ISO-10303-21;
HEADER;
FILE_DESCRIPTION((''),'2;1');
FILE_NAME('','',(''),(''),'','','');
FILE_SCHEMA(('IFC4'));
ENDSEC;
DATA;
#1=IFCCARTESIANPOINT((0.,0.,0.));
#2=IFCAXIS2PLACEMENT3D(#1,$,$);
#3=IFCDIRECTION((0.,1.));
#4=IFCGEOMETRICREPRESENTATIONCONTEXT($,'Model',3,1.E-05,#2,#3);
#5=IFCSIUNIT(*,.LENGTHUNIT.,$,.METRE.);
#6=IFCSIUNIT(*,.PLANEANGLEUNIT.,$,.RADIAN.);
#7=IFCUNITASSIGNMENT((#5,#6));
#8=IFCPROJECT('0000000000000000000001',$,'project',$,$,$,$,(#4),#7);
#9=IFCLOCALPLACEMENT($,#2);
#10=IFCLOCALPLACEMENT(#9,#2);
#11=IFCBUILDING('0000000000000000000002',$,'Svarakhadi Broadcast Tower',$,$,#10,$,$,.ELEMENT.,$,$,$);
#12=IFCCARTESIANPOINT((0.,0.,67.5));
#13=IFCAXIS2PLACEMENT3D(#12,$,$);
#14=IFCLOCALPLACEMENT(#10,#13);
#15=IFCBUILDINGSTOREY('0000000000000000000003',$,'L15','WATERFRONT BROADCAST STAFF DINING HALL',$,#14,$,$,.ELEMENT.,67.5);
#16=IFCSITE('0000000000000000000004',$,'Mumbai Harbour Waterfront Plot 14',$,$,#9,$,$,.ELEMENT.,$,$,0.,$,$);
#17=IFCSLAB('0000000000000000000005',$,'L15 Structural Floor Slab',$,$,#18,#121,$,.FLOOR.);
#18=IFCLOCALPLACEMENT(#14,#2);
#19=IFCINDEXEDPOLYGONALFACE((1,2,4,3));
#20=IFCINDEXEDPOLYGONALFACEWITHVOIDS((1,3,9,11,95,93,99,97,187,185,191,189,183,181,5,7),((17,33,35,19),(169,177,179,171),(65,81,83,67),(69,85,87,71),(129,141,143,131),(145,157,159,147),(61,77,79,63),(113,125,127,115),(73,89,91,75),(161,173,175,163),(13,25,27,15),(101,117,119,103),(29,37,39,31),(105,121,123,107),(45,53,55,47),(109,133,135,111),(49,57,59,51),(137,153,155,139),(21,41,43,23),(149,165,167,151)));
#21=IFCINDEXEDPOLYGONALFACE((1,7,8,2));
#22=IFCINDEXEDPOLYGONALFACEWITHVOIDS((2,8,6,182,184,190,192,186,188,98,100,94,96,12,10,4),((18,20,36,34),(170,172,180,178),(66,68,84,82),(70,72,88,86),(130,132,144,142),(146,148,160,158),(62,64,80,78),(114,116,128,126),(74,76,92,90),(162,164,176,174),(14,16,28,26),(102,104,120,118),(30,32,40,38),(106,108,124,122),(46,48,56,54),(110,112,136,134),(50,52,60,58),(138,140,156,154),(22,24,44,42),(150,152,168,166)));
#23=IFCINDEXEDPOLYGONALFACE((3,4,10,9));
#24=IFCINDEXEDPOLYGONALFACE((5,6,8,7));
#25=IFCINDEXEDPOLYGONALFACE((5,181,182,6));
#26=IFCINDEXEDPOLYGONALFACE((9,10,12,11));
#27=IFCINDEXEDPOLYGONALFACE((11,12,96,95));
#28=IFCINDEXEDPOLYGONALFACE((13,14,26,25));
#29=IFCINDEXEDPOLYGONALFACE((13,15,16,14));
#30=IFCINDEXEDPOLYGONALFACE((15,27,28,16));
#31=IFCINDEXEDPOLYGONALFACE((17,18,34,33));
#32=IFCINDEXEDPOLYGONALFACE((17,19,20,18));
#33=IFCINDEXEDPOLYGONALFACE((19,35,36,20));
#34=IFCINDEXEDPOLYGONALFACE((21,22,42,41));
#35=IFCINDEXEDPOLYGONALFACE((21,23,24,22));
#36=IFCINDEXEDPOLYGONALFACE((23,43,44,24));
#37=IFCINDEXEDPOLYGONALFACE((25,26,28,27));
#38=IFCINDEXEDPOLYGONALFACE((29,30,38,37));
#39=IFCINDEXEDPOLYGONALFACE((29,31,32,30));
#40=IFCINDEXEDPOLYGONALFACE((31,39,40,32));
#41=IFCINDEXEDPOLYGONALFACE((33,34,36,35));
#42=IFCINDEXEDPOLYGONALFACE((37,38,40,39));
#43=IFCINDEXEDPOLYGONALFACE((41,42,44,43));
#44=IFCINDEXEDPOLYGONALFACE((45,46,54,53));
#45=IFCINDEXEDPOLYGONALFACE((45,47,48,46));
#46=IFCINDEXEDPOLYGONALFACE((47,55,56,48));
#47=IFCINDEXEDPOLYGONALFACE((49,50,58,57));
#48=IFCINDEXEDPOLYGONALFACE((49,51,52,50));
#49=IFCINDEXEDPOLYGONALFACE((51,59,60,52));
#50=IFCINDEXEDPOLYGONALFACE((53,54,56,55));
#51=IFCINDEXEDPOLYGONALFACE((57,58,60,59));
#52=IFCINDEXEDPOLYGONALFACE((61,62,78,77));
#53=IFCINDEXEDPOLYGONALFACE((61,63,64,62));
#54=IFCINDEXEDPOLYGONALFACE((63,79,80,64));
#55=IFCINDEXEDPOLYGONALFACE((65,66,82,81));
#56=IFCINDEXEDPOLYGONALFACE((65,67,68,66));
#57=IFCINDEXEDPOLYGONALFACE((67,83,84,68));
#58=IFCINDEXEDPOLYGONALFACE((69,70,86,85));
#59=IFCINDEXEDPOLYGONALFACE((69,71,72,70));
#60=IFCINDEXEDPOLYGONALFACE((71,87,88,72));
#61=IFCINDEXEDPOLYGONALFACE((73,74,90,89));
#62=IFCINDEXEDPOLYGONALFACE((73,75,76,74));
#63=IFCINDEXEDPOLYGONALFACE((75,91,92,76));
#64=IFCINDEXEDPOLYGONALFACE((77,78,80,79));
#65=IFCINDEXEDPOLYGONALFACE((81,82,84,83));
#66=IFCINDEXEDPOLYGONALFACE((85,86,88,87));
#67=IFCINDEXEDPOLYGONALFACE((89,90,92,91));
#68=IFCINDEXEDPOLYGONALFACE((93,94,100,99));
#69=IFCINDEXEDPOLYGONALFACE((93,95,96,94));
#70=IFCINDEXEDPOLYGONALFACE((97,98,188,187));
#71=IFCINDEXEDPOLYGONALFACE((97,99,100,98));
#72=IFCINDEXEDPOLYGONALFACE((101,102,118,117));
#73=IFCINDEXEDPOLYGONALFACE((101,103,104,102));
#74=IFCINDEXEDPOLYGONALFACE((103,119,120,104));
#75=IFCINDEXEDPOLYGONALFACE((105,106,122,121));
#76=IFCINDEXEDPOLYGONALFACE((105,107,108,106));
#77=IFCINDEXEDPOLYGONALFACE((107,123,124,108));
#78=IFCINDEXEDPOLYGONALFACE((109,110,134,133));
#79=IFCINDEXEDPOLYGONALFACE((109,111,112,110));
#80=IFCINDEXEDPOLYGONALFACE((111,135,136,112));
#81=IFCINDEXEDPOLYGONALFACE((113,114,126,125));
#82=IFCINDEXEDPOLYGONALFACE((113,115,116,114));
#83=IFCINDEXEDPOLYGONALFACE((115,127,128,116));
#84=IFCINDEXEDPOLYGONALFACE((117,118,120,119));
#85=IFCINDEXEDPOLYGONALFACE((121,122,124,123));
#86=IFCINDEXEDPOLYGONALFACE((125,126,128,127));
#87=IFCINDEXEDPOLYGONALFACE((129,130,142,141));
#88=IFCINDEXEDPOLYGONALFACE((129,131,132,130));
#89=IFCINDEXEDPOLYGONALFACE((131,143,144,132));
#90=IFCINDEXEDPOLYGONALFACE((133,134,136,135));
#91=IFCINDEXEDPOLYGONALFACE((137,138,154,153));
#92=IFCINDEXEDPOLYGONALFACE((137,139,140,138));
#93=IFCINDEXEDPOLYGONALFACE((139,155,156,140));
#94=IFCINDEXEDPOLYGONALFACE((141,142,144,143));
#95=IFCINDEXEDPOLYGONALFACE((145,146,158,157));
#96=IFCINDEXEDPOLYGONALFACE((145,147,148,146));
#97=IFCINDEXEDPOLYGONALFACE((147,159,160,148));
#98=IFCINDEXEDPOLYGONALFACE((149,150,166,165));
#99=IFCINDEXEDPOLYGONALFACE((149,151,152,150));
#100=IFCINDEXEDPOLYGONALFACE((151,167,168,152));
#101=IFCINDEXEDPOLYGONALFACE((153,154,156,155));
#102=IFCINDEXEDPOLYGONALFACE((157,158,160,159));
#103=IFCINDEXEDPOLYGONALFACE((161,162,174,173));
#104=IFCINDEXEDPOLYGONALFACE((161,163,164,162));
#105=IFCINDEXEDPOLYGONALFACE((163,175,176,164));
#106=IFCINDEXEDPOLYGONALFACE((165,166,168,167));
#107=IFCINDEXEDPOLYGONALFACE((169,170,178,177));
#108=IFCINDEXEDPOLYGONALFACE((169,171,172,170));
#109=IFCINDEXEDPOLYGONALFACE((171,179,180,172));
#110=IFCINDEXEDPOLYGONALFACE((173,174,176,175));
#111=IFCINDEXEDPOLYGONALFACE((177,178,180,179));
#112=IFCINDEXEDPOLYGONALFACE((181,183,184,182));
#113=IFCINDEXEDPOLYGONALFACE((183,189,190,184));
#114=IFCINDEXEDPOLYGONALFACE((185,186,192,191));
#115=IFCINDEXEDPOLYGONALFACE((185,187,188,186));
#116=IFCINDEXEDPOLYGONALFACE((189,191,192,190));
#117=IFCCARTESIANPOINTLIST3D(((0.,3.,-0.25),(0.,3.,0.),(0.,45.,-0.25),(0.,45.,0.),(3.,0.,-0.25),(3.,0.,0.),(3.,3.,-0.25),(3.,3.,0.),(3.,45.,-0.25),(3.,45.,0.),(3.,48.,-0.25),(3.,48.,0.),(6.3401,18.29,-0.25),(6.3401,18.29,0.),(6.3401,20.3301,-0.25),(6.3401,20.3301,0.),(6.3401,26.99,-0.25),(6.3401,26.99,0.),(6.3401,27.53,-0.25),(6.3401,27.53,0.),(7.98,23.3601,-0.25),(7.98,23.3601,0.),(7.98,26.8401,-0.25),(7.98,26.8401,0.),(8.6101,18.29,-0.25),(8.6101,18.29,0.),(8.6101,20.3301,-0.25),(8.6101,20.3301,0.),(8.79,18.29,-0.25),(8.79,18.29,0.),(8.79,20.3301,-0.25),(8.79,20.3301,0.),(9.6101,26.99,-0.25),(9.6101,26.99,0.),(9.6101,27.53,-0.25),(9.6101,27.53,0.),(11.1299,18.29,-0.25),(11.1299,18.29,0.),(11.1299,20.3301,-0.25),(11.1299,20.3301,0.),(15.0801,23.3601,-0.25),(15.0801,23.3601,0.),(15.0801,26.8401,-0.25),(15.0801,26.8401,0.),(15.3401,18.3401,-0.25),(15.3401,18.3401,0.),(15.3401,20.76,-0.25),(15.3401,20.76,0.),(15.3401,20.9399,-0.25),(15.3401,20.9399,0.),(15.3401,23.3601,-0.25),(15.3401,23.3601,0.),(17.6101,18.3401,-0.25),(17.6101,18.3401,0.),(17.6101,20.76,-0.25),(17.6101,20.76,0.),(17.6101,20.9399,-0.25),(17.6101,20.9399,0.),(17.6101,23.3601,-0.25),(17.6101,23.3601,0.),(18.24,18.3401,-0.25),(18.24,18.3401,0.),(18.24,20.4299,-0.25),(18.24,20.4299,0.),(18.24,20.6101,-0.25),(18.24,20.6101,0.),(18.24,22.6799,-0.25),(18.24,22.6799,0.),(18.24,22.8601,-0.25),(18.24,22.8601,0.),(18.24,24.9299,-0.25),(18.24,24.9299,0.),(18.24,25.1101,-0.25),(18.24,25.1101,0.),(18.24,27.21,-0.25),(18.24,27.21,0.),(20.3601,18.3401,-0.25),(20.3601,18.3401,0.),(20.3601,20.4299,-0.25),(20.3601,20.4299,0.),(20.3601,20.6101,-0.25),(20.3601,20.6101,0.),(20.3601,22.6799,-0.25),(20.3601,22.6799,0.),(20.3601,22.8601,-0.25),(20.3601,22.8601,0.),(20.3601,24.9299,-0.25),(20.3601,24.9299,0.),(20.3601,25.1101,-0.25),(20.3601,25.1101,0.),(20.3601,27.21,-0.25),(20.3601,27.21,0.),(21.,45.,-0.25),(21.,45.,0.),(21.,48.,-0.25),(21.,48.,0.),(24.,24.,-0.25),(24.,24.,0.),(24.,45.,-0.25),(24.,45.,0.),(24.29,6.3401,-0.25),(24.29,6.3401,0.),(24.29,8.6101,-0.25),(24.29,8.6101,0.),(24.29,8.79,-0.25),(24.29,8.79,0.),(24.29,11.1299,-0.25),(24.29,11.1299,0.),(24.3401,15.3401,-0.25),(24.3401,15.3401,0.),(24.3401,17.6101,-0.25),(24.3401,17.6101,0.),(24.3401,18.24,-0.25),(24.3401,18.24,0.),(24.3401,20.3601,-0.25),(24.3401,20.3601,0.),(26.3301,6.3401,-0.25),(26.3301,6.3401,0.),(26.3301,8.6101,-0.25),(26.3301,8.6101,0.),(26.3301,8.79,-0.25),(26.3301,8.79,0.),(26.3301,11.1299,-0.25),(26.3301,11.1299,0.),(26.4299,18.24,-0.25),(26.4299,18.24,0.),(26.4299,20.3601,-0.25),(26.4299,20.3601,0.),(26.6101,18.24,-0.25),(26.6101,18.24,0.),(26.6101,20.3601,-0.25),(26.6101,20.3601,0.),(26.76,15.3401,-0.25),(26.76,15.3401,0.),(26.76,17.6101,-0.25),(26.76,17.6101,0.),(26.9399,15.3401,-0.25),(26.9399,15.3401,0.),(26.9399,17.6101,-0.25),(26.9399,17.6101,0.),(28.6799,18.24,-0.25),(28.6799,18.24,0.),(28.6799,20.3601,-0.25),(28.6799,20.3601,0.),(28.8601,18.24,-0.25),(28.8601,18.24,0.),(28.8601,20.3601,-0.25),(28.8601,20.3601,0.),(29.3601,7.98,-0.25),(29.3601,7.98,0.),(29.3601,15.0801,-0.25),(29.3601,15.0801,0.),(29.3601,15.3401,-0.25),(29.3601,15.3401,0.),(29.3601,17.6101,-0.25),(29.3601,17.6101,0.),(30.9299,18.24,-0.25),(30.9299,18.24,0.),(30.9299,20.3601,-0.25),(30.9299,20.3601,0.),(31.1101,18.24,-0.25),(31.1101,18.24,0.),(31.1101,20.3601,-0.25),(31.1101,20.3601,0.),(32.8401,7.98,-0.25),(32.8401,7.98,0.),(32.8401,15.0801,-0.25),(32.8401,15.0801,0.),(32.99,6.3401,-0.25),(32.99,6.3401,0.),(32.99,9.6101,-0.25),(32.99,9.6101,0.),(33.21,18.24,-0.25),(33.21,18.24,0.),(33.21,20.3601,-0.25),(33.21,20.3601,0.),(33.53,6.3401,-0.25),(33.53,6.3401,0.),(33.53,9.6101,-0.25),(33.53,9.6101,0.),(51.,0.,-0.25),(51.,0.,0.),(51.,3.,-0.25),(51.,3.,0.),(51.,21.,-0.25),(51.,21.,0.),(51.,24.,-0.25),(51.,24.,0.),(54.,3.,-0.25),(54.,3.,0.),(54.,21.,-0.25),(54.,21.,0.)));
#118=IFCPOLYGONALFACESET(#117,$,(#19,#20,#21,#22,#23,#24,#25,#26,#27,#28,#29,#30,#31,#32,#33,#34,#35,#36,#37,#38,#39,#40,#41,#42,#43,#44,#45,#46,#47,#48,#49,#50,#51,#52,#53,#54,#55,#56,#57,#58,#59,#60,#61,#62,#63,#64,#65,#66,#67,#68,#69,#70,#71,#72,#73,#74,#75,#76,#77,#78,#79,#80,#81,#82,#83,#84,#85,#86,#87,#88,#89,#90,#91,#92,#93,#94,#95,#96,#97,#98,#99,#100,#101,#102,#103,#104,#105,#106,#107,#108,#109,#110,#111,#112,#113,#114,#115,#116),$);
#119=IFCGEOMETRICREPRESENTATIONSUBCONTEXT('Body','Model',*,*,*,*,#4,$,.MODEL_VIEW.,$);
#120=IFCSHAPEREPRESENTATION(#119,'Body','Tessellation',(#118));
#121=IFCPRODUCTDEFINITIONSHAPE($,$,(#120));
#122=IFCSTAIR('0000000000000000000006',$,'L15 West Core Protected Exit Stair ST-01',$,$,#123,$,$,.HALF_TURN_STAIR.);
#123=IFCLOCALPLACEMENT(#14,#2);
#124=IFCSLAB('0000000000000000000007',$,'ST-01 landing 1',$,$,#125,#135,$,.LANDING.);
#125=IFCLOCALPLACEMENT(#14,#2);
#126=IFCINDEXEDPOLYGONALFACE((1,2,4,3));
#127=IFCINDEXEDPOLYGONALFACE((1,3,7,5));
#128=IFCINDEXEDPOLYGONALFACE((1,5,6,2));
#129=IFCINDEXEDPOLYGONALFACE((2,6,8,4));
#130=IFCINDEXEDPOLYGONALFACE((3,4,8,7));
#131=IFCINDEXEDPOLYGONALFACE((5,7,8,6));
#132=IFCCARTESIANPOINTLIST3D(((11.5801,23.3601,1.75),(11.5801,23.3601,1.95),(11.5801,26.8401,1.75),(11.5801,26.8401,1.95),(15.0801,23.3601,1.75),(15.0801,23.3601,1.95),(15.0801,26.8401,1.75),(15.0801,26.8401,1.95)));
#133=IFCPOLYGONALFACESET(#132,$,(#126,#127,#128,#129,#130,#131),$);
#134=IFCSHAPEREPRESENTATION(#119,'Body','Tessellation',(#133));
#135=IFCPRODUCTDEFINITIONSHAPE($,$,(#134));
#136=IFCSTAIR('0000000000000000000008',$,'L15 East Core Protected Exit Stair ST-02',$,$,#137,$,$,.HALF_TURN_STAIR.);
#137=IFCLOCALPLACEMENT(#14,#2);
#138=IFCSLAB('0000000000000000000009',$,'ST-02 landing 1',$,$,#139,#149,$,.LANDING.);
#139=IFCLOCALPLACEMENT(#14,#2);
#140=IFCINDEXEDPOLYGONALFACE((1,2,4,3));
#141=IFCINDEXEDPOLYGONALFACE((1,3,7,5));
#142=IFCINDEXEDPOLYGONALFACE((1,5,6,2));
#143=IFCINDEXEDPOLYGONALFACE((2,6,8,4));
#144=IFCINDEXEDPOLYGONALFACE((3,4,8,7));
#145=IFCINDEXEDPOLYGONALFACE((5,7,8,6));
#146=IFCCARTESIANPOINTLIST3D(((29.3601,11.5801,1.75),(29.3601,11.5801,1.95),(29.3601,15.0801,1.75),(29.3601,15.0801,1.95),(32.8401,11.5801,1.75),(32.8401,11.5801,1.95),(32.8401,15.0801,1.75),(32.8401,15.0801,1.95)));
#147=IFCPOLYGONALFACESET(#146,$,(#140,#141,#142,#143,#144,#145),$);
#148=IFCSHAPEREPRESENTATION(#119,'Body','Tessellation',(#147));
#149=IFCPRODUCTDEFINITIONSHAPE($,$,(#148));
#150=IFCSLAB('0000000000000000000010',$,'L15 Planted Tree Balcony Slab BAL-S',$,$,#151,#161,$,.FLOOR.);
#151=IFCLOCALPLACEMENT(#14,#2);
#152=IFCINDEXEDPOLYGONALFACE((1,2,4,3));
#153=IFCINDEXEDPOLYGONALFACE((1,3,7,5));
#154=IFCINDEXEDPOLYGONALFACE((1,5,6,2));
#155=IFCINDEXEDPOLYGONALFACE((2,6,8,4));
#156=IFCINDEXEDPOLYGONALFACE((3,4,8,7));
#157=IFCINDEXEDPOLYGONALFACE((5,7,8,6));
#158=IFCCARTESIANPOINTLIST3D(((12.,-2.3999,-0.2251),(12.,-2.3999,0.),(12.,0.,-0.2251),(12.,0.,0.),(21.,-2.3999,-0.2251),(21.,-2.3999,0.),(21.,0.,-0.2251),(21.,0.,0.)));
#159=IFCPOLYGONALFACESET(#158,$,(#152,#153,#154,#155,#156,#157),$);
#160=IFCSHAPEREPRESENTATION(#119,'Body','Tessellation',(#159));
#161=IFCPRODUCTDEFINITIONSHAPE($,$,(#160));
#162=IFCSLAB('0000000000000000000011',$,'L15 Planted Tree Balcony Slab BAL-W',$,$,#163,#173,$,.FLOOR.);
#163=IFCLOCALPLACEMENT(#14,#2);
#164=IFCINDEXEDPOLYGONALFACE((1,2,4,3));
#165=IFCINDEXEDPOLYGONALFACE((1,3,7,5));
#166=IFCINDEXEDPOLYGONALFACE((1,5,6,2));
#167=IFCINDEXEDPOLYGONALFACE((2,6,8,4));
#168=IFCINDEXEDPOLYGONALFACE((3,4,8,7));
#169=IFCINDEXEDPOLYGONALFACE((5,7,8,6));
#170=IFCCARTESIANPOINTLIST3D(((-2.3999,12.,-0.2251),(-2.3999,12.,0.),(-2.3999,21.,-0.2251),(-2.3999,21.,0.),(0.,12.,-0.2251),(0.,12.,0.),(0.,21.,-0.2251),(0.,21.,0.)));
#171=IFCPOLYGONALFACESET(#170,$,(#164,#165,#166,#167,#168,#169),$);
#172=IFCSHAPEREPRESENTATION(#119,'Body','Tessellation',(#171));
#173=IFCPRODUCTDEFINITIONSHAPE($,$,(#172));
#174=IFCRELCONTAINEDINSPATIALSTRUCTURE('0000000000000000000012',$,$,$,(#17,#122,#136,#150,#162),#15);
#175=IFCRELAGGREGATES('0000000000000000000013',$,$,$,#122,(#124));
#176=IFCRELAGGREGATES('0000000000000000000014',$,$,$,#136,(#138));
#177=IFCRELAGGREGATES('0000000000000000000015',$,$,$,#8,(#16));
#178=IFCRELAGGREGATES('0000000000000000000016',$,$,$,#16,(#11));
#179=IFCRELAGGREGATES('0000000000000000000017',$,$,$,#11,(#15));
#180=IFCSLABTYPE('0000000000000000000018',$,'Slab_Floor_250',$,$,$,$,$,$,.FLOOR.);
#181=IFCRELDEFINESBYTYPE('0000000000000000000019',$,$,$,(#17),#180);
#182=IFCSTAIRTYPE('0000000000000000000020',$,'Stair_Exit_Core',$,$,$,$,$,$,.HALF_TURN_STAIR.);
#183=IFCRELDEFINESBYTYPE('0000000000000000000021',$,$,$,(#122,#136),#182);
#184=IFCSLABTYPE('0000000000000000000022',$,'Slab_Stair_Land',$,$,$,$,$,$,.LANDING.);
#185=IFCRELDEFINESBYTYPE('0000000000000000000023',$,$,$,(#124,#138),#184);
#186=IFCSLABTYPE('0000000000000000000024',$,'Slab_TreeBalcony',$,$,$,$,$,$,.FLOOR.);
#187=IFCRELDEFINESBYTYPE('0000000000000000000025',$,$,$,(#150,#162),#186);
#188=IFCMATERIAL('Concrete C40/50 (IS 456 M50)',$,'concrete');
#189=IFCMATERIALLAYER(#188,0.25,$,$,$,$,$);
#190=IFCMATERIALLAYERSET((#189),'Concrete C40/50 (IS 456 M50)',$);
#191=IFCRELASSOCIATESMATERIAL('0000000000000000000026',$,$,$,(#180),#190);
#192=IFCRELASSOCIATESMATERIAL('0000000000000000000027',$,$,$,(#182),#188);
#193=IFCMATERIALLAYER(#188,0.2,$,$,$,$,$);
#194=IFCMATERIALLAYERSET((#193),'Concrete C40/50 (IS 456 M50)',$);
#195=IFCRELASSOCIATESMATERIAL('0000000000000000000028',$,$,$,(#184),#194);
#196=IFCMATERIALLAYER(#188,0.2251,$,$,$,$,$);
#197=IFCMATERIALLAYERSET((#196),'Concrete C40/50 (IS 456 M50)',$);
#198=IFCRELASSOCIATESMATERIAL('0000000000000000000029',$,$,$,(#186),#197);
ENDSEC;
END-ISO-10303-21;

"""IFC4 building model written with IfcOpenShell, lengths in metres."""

from ifc_helpers import new_model, si_unit, direction, frame, origin, place, context, subcontext, project, spatial, polyline, outline, extrude, material, layer, layer_set, type_object, element, aggregate, save


model = new_model("IFC4")

# Units and contexts
model_context = context("Model", 3, precision=1e-05, world=origin(), true_north=direction((0.0, 1.0)))
body_context = subcontext(model_context, "Body", "Model", "MODEL_VIEW")
ifc_project = project(units=[si_unit("LENGTHUNIT", "METRE"), si_unit("PLANEANGLEUNIT", "RADIAN")], contexts=[model_context])

# Site, building, storey
site_placement = place(None, origin())
site = spatial("IfcSite", under=ifc_project, at=site_placement, Name="Mumbai Harbour Waterfront Plot 14", CompositionType="ELEMENT", RefElevation=0.0)
building_placement = place(site_placement, origin())
building = spatial("IfcBuilding", under=site, at=building_placement, Name="Svarakhadi Broadcast Tower", CompositionType="ELEMENT")
storey_placement = place(building_placement, frame((0.0, 0.0, 67.5)))
storey = spatial("IfcBuildingStorey", under=building, at=storey_placement, Name="L15", Description="WATERFRONT BROADCAST STAFF DINING HALL", CompositionType="ELEMENT", Elevation=67.5)

# Slab
ifc_material_1 = material(Name="Concrete C40/50 (IS 456 M50)", Category="concrete")
ifc_layer_1 = layer(ifc_material_1, 0.25)
ifc_layer_set_1 = layer_set([ifc_layer_1], Name="Concrete C40/50 (IS 456 M50)")
slab_type_1 = type_object("IfcSlabType", Name="Slab_Floor_250", PredefinedType="FLOOR", material=ifc_layer_set_1)
slab_1_placement = place(storey_placement, frame((0.0, 0.0, -0.25)))
element("IfcSlab", 1, at=slab_1_placement, inside=storey, type_object=slab_type_1, Name="L15 Structural Floor Slab", PredefinedType="FLOOR", context=body_context, shape_type="SweptSolid", body=[
    extrude(outline(polyline([(3.0, 0.0), (51.0, 0.0), (51.0, 3.0), (54.0, 3.0), (54.0, 21.0), (51.0, 21.0), (51.0, 24.0), (24.0, 24.0), (24.0, 45.0), (21.0, 45.0), (21.0, 48.0), (3.0, 48.0), (3.0, 45.0), (0.0, 45.0), (0.0, 3.0), (3.0, 3.0), (3.0, 0.0)]), holes=[polyline([(7.98, 23.3601), (15.0801, 23.3601), (15.0801, 26.8401), (7.98, 26.8401), (7.98, 23.3601)]), polyline([(32.8401, 7.98), (32.8401, 15.0801), (29.3601, 15.0801), (29.3601, 7.98), (32.8401, 7.98)]), polyline([(6.3401, 18.29), (8.6101, 18.29), (8.6101, 20.3301), (6.3401, 20.3301), (6.3401, 18.29)]), polyline([(8.79, 18.29), (11.1299, 18.29), (11.1299, 20.3301), (8.79, 20.3301), (8.79, 18.29)]), polyline([(24.29, 6.3401), (26.3301, 6.3401), (26.3301, 8.6101), (24.29, 8.6101), (24.29, 6.3401)]), polyline([(24.29, 8.79), (26.3301, 8.79), (26.3301, 11.1299), (24.29, 11.1299), (24.29, 8.79)]), polyline([(6.3401, 26.99), (9.6101, 26.99), (9.6101, 27.53), (6.3401, 27.53), (6.3401, 26.99)]), polyline([(32.99, 6.3401), (33.53, 6.3401), (33.53, 9.6101), (32.99, 9.6101), (32.99, 6.3401)]), polyline([(15.3401, 18.3401), (17.6101, 18.3401), (17.6101, 20.76), (15.3401, 20.76), (15.3401, 18.3401)]), polyline([(15.3401, 20.9399), (17.6101, 20.9399), (17.6101, 23.3601), (15.3401, 23.3601), (15.3401, 20.9399)]), polyline([(24.3401, 15.3401), (26.76, 15.3401), (26.76, 17.6101), (24.3401, 17.6101), (24.3401, 15.3401)]), polyline([(26.9399, 15.3401), (29.3601, 15.3401), (29.3601, 17.6101), (26.9399, 17.6101), (26.9399, 15.3401)]), polyline([(18.24, 18.3401), (20.3601, 18.3401), (20.3601, 20.4299), (18.24, 20.4299), (18.24, 18.3401)]), polyline([(18.24, 20.6101), (20.3601, 20.6101), (20.3601, 22.6799), (18.24, 22.6799), (18.24, 20.6101)]), polyline([(18.24, 22.8601), (20.3601, 22.8601), (20.3601, 24.9299), (18.24, 24.9299), (18.24, 22.8601)]), polyline([(18.24, 25.1101), (20.3601, 25.1101), (20.3601, 27.21), (18.24, 27.21), (18.24, 25.1101)]), polyline([(24.3401, 18.24), (26.4299, 18.24), (26.4299, 20.3601), (24.3401, 20.3601), (24.3401, 18.24)]), polyline([(26.6101, 18.24), (28.6799, 18.24), (28.6799, 20.3601), (26.6101, 20.3601), (26.6101, 18.24)]), polyline([(28.8601, 18.24), (30.9299, 18.24), (30.9299, 20.3601), (28.8601, 20.3601), (28.8601, 18.24)]), polyline([(31.1101, 18.24), (33.21, 18.24), (33.21, 20.3601), (31.1101, 20.3601), (31.1101, 18.24)])]), origin(), (0.0, 0.0, 1.0), 0.25),
])

# Stairs, slabs
stair_type = type_object("IfcStairType", Name="Stair_Exit_Core", PredefinedType="HALF_TURN_STAIR", material=ifc_material_1)
stair_1_placement = place(storey_placement, origin())
stair_1 = element("IfcStair", 2, at=stair_1_placement, inside=storey, type_object=stair_type, Name="L15 West Core Protected Exit Stair ST-01", PredefinedType="HALF_TURN_STAIR")
ifc_layer_2 = layer(ifc_material_1, 0.2)
ifc_layer_set_2 = layer_set([ifc_layer_2], Name="Concrete C40/50 (IS 456 M50)")
slab_type_2 = type_object("IfcSlabType", Name="Slab_Stair_Land", PredefinedType="LANDING", material=ifc_layer_set_2)
slab_2_placement = place(storey_placement, frame((0.0, 0.0, 1.75)))
slab_2 = element("IfcSlab", 3, at=slab_2_placement, type_object=slab_type_2, Name="ST-01 landing 1", PredefinedType="LANDING", context=body_context, shape_type="SweptSolid", body=[
    extrude(outline(polyline([(11.5801, 23.3601), (15.0801, 23.3601), (15.0801, 26.8401), (11.5801, 26.8401), (11.5801, 23.3601)])), origin(), (0.0, 0.0, 1.0), 0.2),
])
aggregate(stair_1, [slab_2])
stair_2_placement = place(storey_placement, origin())
stair_2 = element("IfcStair", 4, at=stair_2_placement, inside=storey, type_object=stair_type, Name="L15 East Core Protected Exit Stair ST-02", PredefinedType="HALF_TURN_STAIR")
slab_3_placement = place(storey_placement, frame((0.0, 0.0, 1.75)))
slab_3 = element("IfcSlab", 5, at=slab_3_placement, type_object=slab_type_2, Name="ST-02 landing 1", PredefinedType="LANDING", context=body_context, shape_type="SweptSolid", body=[
    extrude(outline(polyline([(32.8401, 11.5801), (32.8401, 15.0801), (29.3601, 15.0801), (29.3601, 11.5801), (32.8401, 11.5801)])), origin(), (0.0, 0.0, 1.0), 0.2),
])
aggregate(stair_2, [slab_3])

# Slabs
ifc_layer_3 = layer(ifc_material_1, 0.2251)
ifc_layer_set_3 = layer_set([ifc_layer_3], Name="Concrete C40/50 (IS 456 M50)")
slab_type_3 = type_object("IfcSlabType", Name="Slab_TreeBalcony", PredefinedType="FLOOR", material=ifc_layer_set_3)
slab_4_placement = place(storey_placement, frame((0.0, 0.0, -0.2251)))
element("IfcSlab", 6, at=slab_4_placement, inside=storey, type_object=slab_type_3, Name="L15 Planted Tree Balcony Slab BAL-S", PredefinedType="FLOOR", context=body_context, shape_type="SweptSolid", body=[
    extrude(outline(polyline([(12.0, -2.3999), (21.0, -2.3999), (21.0, 0.0), (12.0, 0.0), (12.0, -2.3999)])), origin(), (0.0, 0.0, 1.0), 0.2251),
])
slab_5_placement = place(storey_placement, frame((0.0, 0.0, -0.2251)))
element("IfcSlab", 7, at=slab_5_placement, inside=storey, type_object=slab_type_3, Name="L15 Planted Tree Balcony Slab BAL-W", PredefinedType="FLOOR", context=body_context, shape_type="SweptSolid", body=[
    extrude(outline(polyline([(-2.3999, 12.0), (0.0, 12.0), (0.0, 21.0), (-2.3999, 21.0), (-2.3999, 12.0)])), origin(), (0.0, 0.0, 1.0), 0.2251),
])

save(model, "model.ifc")
